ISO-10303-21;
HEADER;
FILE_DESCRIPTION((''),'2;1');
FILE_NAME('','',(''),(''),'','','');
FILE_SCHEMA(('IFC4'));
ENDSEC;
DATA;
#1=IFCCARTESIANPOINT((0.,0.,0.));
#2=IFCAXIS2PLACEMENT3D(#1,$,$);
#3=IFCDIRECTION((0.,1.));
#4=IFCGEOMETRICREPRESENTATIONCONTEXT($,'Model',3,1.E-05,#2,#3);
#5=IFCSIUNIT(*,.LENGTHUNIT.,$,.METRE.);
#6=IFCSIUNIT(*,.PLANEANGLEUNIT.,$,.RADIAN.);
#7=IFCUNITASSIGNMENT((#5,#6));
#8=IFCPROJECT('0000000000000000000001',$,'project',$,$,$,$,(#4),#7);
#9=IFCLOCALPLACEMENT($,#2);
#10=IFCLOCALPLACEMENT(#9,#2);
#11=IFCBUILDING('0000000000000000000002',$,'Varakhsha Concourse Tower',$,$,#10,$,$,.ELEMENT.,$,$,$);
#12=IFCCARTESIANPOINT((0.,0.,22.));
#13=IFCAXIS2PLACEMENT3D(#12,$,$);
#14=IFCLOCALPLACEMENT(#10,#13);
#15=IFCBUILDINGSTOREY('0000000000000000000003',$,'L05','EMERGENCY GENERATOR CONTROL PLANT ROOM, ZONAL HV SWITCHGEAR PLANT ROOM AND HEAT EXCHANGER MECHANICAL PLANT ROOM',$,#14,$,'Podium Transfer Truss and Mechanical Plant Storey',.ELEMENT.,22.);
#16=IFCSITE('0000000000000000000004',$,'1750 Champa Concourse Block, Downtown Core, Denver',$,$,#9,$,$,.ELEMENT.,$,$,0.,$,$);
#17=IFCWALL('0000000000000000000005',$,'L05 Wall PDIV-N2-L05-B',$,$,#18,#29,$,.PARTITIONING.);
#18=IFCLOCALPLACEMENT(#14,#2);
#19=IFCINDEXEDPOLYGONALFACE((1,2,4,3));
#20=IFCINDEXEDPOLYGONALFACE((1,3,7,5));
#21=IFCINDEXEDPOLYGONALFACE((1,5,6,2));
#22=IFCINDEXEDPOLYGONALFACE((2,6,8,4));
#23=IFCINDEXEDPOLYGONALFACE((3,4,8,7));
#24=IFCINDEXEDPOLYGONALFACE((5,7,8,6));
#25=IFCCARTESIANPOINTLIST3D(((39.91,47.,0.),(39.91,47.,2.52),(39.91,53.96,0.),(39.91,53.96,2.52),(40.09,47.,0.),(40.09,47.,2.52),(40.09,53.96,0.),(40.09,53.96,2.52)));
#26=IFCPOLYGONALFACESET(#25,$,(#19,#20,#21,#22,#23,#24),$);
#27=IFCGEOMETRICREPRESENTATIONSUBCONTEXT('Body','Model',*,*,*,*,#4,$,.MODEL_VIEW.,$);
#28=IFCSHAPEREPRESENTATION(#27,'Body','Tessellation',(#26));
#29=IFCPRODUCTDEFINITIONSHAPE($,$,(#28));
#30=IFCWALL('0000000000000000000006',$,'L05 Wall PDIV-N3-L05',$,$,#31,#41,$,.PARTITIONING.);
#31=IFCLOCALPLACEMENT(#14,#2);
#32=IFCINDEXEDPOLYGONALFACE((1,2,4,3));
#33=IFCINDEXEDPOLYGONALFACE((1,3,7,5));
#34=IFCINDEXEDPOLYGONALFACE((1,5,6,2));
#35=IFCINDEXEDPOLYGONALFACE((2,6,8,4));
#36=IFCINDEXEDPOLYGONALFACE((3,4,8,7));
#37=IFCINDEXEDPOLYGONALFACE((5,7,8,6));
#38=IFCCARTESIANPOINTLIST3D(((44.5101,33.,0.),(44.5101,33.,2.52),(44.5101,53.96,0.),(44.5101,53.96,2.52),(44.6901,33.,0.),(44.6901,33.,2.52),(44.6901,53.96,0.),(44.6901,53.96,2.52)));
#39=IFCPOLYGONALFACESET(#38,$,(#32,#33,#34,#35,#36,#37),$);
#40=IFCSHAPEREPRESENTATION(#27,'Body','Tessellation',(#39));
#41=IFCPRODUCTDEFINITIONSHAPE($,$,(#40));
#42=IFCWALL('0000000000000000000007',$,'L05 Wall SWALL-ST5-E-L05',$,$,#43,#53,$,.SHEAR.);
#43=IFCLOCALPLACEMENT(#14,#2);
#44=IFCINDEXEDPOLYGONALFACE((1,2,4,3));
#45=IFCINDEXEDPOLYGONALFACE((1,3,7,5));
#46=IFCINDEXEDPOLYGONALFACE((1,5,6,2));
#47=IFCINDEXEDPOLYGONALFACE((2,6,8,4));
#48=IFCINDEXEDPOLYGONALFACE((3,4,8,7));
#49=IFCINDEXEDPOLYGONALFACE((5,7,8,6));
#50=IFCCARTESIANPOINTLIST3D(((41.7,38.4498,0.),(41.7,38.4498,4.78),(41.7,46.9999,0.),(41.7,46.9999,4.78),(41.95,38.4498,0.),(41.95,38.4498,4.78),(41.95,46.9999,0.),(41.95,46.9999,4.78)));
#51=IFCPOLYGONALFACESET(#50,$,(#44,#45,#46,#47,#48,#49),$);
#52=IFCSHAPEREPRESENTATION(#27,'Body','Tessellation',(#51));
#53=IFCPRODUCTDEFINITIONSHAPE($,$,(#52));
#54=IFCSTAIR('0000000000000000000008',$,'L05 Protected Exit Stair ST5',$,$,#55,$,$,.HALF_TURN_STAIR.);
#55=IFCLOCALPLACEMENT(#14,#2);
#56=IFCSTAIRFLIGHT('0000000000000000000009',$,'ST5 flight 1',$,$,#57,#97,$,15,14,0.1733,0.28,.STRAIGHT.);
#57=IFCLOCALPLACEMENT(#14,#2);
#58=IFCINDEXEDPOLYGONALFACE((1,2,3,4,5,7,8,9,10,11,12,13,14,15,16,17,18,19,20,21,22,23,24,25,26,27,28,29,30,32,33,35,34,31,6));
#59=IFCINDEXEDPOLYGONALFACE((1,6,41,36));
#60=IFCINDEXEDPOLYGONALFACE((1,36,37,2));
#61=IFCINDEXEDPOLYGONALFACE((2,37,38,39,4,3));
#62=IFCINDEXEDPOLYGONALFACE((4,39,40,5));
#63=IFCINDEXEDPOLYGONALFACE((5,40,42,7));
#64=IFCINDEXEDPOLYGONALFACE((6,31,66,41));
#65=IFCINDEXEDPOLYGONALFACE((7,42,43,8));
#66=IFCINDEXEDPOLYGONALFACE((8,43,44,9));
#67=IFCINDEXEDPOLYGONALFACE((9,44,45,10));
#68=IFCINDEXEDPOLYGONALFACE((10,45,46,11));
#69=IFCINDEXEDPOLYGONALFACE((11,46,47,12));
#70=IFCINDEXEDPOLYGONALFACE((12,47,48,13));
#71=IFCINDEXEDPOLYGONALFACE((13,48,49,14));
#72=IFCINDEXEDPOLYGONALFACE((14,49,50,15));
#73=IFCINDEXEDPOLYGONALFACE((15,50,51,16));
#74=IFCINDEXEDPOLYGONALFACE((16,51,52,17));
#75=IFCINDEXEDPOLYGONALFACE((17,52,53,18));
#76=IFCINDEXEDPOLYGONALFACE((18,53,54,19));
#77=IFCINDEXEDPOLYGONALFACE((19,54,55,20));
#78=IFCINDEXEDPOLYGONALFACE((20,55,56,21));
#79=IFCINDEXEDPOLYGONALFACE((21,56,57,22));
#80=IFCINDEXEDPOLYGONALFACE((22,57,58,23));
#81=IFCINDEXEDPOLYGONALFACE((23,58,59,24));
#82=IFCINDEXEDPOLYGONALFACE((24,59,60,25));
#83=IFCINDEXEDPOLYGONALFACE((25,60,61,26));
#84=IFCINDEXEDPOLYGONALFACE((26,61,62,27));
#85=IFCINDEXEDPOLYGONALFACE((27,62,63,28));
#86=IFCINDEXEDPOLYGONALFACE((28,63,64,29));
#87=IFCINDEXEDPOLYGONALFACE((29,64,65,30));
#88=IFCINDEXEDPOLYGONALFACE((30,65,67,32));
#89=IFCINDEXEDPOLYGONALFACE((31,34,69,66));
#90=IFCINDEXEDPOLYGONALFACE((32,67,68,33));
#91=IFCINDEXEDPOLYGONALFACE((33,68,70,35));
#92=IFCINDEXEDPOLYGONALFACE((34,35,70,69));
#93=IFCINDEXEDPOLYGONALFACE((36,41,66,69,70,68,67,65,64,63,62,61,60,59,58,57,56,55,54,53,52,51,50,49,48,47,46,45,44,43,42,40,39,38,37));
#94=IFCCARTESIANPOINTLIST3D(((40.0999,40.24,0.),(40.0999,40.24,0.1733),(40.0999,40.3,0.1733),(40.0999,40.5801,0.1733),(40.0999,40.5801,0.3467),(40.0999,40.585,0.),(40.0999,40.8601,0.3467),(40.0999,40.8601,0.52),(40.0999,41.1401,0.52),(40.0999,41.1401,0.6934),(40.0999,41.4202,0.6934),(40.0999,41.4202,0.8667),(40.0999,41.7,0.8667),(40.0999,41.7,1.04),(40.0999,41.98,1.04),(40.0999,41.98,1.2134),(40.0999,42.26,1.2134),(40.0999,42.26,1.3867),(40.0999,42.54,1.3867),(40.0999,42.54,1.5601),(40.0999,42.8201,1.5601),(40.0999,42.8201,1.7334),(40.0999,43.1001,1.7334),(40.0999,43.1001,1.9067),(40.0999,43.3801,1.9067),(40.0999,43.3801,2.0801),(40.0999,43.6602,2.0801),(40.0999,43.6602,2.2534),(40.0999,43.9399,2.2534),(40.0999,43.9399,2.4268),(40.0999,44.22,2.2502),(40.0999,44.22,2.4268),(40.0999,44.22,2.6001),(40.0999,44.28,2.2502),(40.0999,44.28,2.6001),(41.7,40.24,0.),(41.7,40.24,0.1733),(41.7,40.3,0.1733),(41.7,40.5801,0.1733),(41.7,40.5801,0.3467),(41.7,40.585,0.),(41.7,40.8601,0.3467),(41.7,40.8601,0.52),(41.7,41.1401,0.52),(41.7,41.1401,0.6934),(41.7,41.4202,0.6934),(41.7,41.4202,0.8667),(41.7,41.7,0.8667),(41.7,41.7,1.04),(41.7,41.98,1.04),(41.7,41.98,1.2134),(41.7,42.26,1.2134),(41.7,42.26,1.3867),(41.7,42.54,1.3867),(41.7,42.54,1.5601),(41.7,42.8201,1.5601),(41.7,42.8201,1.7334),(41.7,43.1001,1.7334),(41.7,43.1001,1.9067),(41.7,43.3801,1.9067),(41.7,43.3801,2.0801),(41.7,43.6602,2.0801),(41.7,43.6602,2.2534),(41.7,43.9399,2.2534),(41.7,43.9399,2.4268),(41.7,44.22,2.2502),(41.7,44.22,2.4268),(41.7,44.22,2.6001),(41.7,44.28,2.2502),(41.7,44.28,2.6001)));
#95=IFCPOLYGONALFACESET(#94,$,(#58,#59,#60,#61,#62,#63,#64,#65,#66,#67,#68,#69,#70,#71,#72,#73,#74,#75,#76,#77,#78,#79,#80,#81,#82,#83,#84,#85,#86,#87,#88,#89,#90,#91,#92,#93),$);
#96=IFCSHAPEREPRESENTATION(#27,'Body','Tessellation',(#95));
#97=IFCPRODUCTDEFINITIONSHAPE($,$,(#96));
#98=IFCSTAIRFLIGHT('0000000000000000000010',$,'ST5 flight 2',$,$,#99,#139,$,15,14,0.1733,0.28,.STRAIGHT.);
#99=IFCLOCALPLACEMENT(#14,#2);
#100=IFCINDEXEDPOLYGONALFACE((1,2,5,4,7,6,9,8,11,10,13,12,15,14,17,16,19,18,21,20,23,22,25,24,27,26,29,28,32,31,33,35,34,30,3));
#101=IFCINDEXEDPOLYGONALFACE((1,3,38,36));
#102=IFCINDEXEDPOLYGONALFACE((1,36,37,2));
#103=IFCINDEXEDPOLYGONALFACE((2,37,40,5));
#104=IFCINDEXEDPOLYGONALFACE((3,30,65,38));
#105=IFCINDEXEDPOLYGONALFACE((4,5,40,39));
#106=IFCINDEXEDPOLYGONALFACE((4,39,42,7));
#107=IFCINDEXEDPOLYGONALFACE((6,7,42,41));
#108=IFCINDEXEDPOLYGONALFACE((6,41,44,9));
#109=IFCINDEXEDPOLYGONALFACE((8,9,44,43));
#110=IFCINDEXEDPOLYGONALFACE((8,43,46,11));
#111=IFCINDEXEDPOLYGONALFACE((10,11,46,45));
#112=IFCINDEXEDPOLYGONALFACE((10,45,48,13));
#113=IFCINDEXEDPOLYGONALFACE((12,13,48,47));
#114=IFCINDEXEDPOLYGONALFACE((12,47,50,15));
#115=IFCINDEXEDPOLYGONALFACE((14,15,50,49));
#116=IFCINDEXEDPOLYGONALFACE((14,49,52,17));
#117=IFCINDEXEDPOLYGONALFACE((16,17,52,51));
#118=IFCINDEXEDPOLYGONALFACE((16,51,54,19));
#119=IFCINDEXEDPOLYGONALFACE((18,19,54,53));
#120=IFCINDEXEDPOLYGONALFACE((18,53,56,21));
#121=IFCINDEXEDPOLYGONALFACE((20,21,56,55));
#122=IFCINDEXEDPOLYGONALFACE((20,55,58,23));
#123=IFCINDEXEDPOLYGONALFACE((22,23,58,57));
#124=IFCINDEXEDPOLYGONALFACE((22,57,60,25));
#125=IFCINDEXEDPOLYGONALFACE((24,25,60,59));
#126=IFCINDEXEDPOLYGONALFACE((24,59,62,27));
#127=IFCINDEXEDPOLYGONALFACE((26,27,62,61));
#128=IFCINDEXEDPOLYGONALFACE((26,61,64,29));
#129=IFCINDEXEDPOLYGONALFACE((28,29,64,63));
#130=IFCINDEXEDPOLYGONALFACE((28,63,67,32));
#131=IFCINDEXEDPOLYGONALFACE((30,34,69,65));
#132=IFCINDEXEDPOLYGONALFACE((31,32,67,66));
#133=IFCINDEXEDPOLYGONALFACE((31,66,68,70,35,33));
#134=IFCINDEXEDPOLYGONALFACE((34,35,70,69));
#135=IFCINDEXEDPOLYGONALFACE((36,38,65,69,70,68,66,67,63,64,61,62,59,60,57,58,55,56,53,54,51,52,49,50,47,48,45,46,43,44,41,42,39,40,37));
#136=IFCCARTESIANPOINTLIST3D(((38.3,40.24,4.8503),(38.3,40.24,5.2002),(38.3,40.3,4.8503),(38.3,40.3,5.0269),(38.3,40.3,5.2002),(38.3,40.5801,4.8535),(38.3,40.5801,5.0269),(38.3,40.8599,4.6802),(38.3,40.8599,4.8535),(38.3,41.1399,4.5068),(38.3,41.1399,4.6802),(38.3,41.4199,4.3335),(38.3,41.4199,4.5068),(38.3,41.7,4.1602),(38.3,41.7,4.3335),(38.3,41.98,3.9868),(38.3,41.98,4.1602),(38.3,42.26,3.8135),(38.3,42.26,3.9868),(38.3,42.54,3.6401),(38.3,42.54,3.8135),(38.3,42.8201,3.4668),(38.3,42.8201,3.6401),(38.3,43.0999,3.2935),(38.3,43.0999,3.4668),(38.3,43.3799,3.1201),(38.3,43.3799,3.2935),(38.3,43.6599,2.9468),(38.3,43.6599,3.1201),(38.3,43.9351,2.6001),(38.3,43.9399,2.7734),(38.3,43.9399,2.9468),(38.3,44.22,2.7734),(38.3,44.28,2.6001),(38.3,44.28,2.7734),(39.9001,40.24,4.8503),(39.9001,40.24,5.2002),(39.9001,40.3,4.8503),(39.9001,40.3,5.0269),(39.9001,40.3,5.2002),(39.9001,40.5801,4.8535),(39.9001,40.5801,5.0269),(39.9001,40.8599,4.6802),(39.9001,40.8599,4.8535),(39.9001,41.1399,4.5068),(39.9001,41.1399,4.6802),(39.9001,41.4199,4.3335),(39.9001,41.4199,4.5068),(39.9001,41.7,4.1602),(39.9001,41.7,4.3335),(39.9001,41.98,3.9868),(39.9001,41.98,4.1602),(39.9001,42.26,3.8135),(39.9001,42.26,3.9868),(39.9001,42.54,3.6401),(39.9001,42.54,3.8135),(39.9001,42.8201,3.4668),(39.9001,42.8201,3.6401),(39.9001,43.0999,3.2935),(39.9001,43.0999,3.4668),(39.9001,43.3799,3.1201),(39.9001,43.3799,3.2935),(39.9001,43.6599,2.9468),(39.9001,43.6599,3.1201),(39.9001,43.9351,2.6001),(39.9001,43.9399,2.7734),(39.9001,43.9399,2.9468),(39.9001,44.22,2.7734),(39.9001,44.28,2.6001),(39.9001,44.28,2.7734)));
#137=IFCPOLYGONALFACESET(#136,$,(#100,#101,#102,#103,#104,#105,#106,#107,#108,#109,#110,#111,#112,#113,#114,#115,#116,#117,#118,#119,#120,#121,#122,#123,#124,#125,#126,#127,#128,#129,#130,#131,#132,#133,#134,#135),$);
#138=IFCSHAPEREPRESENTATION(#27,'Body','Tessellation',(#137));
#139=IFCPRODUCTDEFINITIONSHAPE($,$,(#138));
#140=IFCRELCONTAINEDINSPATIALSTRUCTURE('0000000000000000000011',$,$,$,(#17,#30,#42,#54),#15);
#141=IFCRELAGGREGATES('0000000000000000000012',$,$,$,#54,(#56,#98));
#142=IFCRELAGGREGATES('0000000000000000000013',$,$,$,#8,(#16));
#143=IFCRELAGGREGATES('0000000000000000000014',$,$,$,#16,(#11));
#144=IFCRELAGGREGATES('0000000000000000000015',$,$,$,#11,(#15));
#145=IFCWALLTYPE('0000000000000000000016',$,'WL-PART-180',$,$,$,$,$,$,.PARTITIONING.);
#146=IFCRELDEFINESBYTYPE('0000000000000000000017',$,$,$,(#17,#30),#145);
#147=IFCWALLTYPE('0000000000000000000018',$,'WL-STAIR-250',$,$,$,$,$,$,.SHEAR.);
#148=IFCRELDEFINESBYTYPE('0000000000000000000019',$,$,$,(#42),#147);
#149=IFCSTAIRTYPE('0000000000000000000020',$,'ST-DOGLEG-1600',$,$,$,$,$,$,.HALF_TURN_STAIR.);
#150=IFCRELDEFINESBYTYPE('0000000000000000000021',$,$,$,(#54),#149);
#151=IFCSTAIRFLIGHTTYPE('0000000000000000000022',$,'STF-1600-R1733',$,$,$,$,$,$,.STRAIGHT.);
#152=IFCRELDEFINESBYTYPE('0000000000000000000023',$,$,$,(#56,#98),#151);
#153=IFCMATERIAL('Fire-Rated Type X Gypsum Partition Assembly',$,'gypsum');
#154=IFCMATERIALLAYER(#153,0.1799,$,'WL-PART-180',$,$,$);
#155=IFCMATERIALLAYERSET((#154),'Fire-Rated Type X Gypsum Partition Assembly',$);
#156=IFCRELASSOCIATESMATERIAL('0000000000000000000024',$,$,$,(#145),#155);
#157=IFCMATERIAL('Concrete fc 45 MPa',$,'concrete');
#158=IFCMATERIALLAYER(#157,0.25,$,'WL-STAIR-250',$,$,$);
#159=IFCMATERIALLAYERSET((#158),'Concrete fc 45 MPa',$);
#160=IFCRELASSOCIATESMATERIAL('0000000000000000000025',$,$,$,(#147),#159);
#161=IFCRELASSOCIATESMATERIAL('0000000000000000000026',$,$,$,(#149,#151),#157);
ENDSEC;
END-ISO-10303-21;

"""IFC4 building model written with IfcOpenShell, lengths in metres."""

from ifc_helpers import new_model, si_unit, direction, frame, frame_2d, origin, place, context, subcontext, project, spatial, polyline, rectangle, outline, extrude, material, layer, layer_set, type_object, element, aggregate, save


model = new_model("IFC4")

# Units and contexts
model_context = context("Model", 3, precision=1e-05, world=origin(), true_north=direction((0.0, 1.0)))
body_context = subcontext(model_context, "Body", "Model", "MODEL_VIEW")
ifc_project = project(units=[si_unit("LENGTHUNIT", "METRE"), si_unit("PLANEANGLEUNIT", "RADIAN")], contexts=[model_context])

# Site, building, storey
site_placement = place(None, origin())
site = spatial("IfcSite", under=ifc_project, at=site_placement, Name="1750 Champa Concourse Block, Downtown Core, Denver", CompositionType="ELEMENT", RefElevation=0.0)
building_placement = place(site_placement, origin())
building = spatial("IfcBuilding", under=site, at=building_placement, Name="Varakhsha Concourse Tower", CompositionType="ELEMENT")
storey_placement = place(building_placement, frame((0.0, 0.0, 22.0)))
storey = spatial("IfcBuildingStorey", under=building, at=storey_placement, Name="L05", Description="EMERGENCY GENERATOR CONTROL PLANT ROOM, ZONAL HV SWITCHGEAR PLANT ROOM AND HEAT EXCHANGER MECHANICAL PLANT ROOM", LongName="Podium Transfer Truss and Mechanical Plant Storey", CompositionType="ELEMENT", Elevation=22.0)

# Walls
ifc_material_1 = material(Name="Fire-Rated Type X Gypsum Partition Assembly", Category="gypsum")
ifc_layer_1 = layer(ifc_material_1, 0.1799, Name="WL-PART-180")
ifc_layer_set_1 = layer_set([ifc_layer_1], Name="Fire-Rated Type X Gypsum Partition Assembly")
wall_type_1 = type_object("IfcWallType", Name="WL-PART-180", PredefinedType="PARTITIONING", material=ifc_layer_set_1)
wall_1_placement = place(storey_placement, frame((40.0, 47.0, 0.0), z_axis=(0.0, 0.0, 1.0), x_axis=(0.0, 1.0, 0.0)))
element("IfcWall", 1, at=wall_1_placement, inside=storey, type_object=wall_type_1, Name="L05 Wall PDIV-N2-L05-B", PredefinedType="PARTITIONING", context=body_context, shape_type="SweptSolid", body=[
    extrude(rectangle(XDim=6.96, YDim=0.1799, at=frame_2d((3.48, 0.0))), origin(), (0.0, 0.0, 1.0), 2.52),
])
wall_2_placement = place(storey_placement, frame((44.6001, 33.0, 0.0), z_axis=(0.0, 0.0, 1.0), x_axis=(0.0, 1.0, 0.0)))
element("IfcWall", 2, at=wall_2_placement, inside=storey, type_object=wall_type_1, Name="L05 Wall PDIV-N3-L05", PredefinedType="PARTITIONING", context=body_context, shape_type="SweptSolid", body=[
    extrude(rectangle(XDim=20.96, YDim=0.1799, at=frame_2d((10.48, 0.0))), origin(), (0.0, 0.0, 1.0), 2.52),
])
ifc_material_2 = material(Name="Concrete fc 45 MPa", Category="concrete")
ifc_layer_2 = layer(ifc_material_2, 0.25, Name="WL-STAIR-250")
ifc_layer_set_2 = layer_set([ifc_layer_2], Name="Concrete fc 45 MPa")
wall_type_2 = type_object("IfcWallType", Name="WL-STAIR-250", PredefinedType="SHEAR", material=ifc_layer_set_2)
wall_3_placement = place(storey_placement, frame((41.825, 38.45, 0.0), z_axis=(0.0, 0.0, 1.0), x_axis=(0.0, 1.0, 0.0)))
element("IfcWall", 3, at=wall_3_placement, inside=storey, type_object=wall_type_2, Name="L05 Wall SWALL-ST5-E-L05", PredefinedType="SHEAR", context=body_context, shape_type="SweptSolid", body=[
    extrude(rectangle(XDim=8.55, YDim=0.25, at=frame_2d((4.2749, 0.0))), origin(), (0.0, 0.0, 1.0), 4.78),
])

# Stair, stair flights
stair_type = type_object("IfcStairType", Name="ST-DOGLEG-1600", PredefinedType="HALF_TURN_STAIR", material=ifc_material_2)
stair_placement = place(storey_placement, origin())
stair = element("IfcStair", 4, at=stair_placement, inside=storey, type_object=stair_type, Name="L05 Protected Exit Stair ST5", PredefinedType="HALF_TURN_STAIR")
stair_flight_type = type_object("IfcStairFlightType", Name="STF-1600-R1733", PredefinedType="STRAIGHT", material=ifc_material_2)
stair_flight_1_placement = place(storey_placement, frame((40.8999, 40.3, 0.0), z_axis=(0.0, 0.0, 1.0), x_axis=(0.0, 1.0, 0.0)))
stair_flight_1 = element("IfcStairFlight", 5, at=stair_flight_1_placement, type_object=stair_flight_type, Name="ST5 flight 1", NumberOfRisers=15, NumberOfTreads=14, PredefinedType="STRAIGHT", RiserHeight=0.1733, TreadLength=0.28, context=body_context, shape_type="SweptSolid", body=[
    extrude(outline(polyline([(-0.0601, 0.0), (-0.0601, 0.1733), (0.0, 0.1733), (0.28, 0.1733), (0.28, 0.3467), (0.5601, 0.3467), (0.5601, 0.52), (0.8401, 0.52), (0.8401, 0.6934), (1.1201, 0.6934), (1.1201, 0.8667), (1.3999, 0.8667), (1.3999, 1.04), (1.6799, 1.04), (1.6799, 1.2134), (1.96, 1.2134), (1.96, 1.3867), (2.24, 1.3867), (2.24, 1.5601), (2.52, 1.5601), (2.52, 1.7334), (2.8, 1.7334), (2.8, 1.9067), (3.0801, 1.9067), (3.0801, 2.0801), (3.3601, 2.0801), (3.3601, 2.2534), (3.6399, 2.2534), (3.6399, 2.4268), (3.9199, 2.4268), (3.9199, 2.6001), (3.98, 2.6001), (3.98, 2.2502), (3.9199, 2.2502), (0.2849, 0.0), (-0.0601, 0.0)])), frame((0.0, 0.8, 0.0), z_axis=(0.0, -1.0, 0.0), x_axis=(1.0, 0.0, 0.0)), (0.0, 0.0, 1.0), 1.6001),
])
stair_flight_2_placement = place(storey_placement, frame((39.1001, 44.22, 2.6001), z_axis=(0.0, 0.0, 1.0), x_axis=(0.0, -1.0, 0.0)))
stair_flight_2 = element("IfcStairFlight", 6, at=stair_flight_2_placement, type_object=stair_flight_type, Name="ST5 flight 2", NumberOfRisers=15, NumberOfTreads=14, PredefinedType="STRAIGHT", RiserHeight=0.1733, TreadLength=0.28, context=body_context, shape_type="SweptSolid", body=[
    extrude(outline(polyline([(-0.0601, 0.0), (-0.0601, 0.1733), (0.0, 0.1733), (0.28, 0.1733), (0.28, 0.3467), (0.5601, 0.3467), (0.5601, 0.52), (0.8401, 0.52), (0.8401, 0.6934), (1.1201, 0.6934), (1.1201, 0.8667), (1.3999, 0.8667), (1.3999, 1.04), (1.6799, 1.04), (1.6799, 1.2134), (1.96, 1.2134), (1.96, 1.3867), (2.24, 1.3867), (2.24, 1.5601), (2.52, 1.5601), (2.52, 1.7334), (2.8, 1.7334), (2.8, 1.9067), (3.0801, 1.9067), (3.0801, 2.0801), (3.3601, 2.0801), (3.3601, 2.2534), (3.6399, 2.2534), (3.6399, 2.4268), (3.9199, 2.4268), (3.9199, 2.6001), (3.98, 2.6001), (3.98, 2.2502), (3.9199, 2.2502), (0.2849, 0.0), (-0.0601, 0.0)])), frame((0.0, 0.8, 0.0), z_axis=(0.0, -1.0, 0.0), x_axis=(1.0, 0.0, 0.0)), (0.0, 0.0, 1.0), 1.6001),
])
aggregate(stair, [stair_flight_1, stair_flight_2])

save(model, "model.ifc")
